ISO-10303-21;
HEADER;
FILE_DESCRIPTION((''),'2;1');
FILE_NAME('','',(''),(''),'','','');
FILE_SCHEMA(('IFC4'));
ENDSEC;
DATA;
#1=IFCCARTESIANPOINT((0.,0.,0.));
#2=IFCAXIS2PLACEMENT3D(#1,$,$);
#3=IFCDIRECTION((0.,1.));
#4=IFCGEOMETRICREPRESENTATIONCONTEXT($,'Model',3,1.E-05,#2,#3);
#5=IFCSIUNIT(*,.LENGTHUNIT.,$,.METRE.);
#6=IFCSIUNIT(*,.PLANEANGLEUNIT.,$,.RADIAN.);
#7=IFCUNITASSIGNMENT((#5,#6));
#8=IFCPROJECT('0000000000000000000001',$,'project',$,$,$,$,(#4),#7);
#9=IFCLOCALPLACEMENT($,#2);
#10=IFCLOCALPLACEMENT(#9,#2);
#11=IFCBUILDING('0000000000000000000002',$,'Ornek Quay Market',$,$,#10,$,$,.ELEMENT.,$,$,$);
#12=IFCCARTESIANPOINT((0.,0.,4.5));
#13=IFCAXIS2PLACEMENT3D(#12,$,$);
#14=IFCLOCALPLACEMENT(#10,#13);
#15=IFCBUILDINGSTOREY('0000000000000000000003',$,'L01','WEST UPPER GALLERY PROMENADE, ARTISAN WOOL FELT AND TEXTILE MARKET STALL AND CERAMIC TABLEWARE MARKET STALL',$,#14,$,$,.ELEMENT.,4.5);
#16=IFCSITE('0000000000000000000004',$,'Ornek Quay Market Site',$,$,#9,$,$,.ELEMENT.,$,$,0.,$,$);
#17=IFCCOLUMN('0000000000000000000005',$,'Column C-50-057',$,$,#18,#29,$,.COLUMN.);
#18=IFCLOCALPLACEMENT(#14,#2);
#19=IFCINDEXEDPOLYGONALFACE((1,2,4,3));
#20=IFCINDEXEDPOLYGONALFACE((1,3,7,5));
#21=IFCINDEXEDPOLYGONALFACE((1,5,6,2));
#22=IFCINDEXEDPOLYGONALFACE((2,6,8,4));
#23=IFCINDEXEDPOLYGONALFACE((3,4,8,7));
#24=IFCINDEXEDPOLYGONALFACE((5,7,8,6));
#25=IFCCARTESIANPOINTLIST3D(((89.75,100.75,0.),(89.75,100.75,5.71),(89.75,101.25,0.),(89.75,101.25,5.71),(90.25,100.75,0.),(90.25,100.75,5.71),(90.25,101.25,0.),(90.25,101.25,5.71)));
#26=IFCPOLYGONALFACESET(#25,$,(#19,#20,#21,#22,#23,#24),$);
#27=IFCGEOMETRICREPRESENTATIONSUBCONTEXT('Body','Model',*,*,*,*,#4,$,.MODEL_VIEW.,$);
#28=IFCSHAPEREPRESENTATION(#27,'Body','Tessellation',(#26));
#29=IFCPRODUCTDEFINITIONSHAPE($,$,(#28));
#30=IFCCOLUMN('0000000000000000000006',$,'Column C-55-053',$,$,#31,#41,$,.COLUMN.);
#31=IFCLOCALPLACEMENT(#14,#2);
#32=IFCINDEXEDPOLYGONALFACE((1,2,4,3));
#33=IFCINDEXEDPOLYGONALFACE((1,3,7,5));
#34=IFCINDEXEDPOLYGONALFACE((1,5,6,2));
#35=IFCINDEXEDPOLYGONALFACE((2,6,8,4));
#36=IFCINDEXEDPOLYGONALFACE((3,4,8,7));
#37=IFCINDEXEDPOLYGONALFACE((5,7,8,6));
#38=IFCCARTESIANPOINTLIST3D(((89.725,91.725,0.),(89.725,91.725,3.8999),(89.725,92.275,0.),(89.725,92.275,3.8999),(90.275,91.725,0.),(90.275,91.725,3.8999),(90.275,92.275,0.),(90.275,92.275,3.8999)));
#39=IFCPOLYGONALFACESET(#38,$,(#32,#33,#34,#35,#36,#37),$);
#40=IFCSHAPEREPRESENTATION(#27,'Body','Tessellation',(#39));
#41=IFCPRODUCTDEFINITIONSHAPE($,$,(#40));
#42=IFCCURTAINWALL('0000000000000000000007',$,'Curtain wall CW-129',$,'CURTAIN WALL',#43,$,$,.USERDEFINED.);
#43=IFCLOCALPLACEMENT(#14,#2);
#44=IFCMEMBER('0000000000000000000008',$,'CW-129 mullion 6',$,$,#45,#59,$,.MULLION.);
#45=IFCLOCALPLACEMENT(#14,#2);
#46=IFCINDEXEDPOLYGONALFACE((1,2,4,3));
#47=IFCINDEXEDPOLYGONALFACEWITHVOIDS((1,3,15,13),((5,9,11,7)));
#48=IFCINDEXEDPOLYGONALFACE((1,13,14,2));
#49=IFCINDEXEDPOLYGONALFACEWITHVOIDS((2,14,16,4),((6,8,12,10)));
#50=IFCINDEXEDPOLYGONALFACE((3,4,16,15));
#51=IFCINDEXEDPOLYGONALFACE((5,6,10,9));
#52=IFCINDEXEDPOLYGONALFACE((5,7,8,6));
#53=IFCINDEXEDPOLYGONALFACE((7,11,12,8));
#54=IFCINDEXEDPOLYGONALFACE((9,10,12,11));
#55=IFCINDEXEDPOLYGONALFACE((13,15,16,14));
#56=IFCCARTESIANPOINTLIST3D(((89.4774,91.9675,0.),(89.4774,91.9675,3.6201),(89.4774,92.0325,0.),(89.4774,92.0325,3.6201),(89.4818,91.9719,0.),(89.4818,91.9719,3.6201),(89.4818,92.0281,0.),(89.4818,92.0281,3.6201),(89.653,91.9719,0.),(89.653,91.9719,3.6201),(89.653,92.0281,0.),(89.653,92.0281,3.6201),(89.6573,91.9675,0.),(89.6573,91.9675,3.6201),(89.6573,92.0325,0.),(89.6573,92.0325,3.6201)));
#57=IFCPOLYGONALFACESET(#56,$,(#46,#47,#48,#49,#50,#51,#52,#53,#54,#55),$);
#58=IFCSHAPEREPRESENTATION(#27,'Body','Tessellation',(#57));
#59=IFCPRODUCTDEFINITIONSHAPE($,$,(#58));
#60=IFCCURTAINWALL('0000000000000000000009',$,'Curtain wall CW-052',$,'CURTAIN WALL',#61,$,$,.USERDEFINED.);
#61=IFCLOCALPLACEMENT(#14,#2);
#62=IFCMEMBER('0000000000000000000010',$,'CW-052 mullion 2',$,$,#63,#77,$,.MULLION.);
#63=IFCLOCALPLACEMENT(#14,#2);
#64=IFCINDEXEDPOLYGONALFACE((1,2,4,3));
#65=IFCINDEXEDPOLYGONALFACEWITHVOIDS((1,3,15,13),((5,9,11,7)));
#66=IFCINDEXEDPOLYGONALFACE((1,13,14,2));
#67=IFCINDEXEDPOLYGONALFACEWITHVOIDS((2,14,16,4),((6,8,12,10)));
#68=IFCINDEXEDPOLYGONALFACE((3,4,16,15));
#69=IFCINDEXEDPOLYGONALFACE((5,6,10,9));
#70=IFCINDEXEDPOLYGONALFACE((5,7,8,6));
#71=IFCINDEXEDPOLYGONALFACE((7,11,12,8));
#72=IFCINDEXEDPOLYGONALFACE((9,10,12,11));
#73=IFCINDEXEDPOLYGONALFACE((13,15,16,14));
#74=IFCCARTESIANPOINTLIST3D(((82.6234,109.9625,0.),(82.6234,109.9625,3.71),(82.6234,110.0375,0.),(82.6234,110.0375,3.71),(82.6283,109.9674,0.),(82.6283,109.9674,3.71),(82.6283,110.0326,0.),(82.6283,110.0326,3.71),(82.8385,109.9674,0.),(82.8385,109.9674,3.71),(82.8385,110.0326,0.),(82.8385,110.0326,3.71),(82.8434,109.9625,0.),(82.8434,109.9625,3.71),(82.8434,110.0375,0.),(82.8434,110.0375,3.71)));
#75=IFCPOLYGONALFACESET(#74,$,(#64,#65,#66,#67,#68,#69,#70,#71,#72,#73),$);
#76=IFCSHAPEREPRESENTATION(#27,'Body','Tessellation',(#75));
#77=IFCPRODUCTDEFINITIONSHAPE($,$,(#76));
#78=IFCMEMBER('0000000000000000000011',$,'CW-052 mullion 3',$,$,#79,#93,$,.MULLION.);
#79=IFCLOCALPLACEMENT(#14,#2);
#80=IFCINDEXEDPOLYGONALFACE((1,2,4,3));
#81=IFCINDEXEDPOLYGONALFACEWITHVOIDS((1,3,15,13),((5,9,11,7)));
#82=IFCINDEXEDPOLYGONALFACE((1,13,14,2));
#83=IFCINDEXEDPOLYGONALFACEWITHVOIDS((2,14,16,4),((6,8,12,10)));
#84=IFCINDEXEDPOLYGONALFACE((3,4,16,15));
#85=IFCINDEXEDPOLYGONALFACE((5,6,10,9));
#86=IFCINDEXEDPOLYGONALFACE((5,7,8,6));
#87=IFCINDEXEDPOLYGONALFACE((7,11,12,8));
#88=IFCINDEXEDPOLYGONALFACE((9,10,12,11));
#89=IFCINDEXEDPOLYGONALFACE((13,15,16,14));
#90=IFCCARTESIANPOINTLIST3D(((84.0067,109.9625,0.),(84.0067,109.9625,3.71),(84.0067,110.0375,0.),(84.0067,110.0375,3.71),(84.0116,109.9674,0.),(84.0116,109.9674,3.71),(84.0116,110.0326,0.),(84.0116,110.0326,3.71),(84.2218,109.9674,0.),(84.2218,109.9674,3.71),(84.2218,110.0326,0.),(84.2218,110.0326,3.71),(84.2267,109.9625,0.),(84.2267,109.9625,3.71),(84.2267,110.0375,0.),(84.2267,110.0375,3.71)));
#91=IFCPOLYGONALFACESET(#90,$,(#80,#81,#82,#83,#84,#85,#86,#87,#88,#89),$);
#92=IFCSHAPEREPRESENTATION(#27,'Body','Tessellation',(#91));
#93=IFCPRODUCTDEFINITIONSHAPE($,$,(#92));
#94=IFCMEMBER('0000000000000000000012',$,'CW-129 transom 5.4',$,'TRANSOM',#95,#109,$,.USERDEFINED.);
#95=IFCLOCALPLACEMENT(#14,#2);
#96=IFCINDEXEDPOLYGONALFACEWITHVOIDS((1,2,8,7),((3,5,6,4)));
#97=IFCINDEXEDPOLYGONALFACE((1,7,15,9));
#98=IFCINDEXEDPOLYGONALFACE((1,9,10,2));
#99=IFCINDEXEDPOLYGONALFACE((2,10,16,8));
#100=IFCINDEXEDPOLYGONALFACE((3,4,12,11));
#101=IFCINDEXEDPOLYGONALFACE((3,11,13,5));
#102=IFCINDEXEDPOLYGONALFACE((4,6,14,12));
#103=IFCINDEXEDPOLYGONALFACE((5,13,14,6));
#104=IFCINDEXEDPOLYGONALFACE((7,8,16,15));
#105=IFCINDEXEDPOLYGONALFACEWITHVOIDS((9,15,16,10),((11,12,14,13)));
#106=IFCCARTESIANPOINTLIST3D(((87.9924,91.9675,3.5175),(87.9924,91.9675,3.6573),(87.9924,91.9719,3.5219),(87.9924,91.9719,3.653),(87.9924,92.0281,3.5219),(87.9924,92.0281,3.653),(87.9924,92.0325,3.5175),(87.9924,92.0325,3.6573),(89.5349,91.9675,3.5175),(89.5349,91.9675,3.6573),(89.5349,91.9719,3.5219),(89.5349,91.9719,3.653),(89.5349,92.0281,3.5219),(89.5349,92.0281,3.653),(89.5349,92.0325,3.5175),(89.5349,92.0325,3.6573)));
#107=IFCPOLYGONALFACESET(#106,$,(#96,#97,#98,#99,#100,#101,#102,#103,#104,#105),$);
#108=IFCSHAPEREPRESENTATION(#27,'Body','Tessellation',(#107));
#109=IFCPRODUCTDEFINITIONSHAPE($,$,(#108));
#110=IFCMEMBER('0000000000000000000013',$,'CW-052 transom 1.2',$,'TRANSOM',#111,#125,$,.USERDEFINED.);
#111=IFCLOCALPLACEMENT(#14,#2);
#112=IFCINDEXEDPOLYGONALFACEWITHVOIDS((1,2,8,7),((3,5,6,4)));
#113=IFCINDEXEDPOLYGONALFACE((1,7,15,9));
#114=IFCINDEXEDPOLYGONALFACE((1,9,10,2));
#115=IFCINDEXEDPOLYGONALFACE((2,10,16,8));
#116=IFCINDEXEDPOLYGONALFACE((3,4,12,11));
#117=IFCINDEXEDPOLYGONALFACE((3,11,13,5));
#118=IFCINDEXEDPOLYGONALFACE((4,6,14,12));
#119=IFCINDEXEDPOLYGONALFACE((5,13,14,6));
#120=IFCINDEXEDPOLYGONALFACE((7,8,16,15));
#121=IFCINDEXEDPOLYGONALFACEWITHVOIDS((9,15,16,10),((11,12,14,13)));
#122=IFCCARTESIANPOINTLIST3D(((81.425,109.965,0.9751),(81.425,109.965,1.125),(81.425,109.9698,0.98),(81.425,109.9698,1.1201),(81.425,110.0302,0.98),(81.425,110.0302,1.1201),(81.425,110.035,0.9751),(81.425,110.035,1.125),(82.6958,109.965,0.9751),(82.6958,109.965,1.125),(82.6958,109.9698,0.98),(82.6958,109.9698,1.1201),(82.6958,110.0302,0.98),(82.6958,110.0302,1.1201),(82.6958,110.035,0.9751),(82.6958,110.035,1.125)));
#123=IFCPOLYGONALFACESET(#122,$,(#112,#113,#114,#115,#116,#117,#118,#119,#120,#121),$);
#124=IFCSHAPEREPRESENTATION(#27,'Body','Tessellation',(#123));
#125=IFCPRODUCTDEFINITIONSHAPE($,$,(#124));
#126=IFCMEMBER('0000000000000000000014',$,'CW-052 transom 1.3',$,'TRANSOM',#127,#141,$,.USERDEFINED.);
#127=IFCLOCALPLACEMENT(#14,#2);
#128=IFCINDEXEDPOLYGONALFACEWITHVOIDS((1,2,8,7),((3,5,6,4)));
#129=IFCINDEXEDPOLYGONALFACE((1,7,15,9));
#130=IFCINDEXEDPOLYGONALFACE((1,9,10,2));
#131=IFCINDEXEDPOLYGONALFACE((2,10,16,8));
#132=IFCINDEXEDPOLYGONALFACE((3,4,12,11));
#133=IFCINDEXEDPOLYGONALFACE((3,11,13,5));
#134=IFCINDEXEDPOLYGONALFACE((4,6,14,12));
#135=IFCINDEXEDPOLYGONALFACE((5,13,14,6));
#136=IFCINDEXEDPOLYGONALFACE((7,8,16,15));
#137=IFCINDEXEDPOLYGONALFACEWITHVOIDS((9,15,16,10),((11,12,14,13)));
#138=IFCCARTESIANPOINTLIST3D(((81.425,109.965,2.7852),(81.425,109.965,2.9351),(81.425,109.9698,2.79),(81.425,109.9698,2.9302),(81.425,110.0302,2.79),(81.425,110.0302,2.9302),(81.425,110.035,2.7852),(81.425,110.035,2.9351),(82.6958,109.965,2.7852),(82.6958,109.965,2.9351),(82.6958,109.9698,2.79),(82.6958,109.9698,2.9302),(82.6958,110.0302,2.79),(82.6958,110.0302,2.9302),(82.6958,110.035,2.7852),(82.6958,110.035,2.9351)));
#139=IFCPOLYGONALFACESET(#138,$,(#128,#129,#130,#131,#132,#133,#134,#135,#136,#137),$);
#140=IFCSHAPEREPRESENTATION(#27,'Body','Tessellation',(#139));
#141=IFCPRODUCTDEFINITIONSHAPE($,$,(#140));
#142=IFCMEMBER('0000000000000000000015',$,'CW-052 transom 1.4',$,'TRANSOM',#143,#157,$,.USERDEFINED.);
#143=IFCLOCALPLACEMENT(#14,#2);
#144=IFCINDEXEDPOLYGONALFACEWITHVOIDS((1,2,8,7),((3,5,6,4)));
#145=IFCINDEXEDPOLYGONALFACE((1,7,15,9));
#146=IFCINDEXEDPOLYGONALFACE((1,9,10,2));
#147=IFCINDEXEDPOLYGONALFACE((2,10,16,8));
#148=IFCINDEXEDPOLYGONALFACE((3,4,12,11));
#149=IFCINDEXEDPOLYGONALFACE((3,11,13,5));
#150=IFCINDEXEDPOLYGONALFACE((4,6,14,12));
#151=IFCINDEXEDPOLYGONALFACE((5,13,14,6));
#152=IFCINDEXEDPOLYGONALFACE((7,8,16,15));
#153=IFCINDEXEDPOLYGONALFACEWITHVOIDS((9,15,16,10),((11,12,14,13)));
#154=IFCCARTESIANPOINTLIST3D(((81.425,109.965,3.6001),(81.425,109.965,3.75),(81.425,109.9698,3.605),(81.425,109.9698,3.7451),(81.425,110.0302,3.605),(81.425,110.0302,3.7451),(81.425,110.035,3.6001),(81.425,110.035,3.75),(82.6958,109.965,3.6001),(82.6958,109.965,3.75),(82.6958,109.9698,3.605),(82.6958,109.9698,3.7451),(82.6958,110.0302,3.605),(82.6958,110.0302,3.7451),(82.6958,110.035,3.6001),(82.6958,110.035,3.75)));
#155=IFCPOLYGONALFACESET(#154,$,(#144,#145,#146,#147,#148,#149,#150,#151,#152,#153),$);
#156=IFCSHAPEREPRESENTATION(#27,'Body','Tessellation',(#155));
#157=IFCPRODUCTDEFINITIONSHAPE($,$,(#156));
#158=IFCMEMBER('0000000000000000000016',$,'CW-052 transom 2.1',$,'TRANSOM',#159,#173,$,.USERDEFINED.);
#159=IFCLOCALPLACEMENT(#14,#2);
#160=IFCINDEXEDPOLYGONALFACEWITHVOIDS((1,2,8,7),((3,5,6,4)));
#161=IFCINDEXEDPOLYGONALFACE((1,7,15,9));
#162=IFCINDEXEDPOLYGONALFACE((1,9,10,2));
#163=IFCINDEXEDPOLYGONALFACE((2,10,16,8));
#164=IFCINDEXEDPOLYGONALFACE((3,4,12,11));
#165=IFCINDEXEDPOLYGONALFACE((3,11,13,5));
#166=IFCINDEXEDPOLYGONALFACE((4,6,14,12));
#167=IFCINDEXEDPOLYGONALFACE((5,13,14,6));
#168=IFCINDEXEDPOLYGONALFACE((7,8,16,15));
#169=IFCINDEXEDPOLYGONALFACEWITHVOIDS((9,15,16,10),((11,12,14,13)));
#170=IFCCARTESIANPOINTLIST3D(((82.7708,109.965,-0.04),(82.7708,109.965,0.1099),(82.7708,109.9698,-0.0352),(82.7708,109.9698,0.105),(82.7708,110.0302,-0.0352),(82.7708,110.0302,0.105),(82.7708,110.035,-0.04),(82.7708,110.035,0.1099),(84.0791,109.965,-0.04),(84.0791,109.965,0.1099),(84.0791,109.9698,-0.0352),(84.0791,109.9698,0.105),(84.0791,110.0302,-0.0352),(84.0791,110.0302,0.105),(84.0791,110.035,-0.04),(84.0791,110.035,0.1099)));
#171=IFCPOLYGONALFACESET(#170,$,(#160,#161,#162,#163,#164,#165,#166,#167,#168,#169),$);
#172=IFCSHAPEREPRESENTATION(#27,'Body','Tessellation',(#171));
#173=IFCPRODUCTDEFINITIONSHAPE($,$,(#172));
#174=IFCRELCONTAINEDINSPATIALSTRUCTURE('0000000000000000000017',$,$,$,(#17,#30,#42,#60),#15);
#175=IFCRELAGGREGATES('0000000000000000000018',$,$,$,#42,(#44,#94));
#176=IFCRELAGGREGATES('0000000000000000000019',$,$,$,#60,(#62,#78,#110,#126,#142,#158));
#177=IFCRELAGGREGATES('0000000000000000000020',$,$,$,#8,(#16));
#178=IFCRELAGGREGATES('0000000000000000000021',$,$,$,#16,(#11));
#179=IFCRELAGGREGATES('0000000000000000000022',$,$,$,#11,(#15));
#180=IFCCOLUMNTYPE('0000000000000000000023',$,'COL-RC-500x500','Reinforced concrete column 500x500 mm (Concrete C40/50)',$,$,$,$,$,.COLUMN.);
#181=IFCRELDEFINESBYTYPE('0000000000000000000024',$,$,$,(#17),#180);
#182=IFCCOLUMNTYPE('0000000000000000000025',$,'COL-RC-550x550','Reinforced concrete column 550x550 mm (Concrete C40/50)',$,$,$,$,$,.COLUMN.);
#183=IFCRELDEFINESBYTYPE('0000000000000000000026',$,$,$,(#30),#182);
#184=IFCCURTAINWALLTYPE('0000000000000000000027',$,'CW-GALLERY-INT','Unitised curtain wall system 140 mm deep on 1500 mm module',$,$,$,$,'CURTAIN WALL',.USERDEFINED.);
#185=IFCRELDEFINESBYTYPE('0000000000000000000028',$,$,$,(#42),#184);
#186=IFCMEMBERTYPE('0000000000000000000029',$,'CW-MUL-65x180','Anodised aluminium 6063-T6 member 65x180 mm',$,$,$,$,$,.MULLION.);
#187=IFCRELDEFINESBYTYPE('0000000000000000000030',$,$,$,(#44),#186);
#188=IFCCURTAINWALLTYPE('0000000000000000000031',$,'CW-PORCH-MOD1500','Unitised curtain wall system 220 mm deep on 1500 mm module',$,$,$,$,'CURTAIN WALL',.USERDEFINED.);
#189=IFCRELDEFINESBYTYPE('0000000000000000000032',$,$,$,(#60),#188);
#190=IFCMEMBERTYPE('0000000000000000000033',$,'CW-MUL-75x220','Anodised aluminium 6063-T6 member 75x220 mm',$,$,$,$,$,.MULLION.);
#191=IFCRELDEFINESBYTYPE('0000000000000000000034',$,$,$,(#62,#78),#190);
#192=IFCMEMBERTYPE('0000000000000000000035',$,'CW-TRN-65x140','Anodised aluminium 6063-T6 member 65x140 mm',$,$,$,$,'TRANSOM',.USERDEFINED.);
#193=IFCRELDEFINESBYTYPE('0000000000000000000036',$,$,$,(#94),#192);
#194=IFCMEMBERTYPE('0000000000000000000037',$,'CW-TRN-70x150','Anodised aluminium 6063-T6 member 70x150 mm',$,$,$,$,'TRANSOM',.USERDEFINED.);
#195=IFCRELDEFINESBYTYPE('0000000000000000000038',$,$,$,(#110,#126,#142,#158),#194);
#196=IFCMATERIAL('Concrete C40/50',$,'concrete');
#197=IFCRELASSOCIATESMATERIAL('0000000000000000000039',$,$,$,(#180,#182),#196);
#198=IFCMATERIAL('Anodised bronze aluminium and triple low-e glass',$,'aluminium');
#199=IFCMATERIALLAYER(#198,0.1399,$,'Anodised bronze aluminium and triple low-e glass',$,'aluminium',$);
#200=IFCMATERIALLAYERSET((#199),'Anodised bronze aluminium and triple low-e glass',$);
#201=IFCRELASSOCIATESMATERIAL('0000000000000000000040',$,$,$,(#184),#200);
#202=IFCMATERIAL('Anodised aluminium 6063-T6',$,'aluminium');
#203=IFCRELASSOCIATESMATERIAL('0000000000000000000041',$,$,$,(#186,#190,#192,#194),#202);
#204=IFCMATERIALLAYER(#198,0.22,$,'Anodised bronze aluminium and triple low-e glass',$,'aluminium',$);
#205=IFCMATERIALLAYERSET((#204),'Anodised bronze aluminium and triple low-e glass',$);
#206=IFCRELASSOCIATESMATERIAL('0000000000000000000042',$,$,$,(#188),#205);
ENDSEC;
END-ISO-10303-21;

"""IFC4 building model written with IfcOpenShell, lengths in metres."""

from ifc_helpers import new_model, si_unit, direction, frame, origin, origin_2d, place, context, subcontext, project, spatial, rectangle, hollow_rectangle, extrude, material, layer, layer_set, material_profile, profile_set, type_object, element, aggregate, save


model = new_model("IFC4")

# Units and contexts
model_context = context("Model", 3, precision=1e-05, world=origin(), true_north=direction((0.0, 1.0)))
body_context = subcontext(model_context, "Body", "Model", "MODEL_VIEW")
ifc_project = project(units=[si_unit("LENGTHUNIT", "METRE"), si_unit("PLANEANGLEUNIT", "RADIAN")], contexts=[model_context])

# Site, building, storey
site_placement = place(None, origin())
site = spatial("IfcSite", under=ifc_project, at=site_placement, Name="Ornek Quay Market Site", CompositionType="ELEMENT", RefElevation=0.0)
building_placement = place(site_placement, origin())
building = spatial("IfcBuilding", under=site, at=building_placement, Name="Ornek Quay Market", CompositionType="ELEMENT")
storey_placement = place(building_placement, frame((0.0, 0.0, 4.5)))
storey = spatial("IfcBuildingStorey", under=building, at=storey_placement, Name="L01", Description="WEST UPPER GALLERY PROMENADE, ARTISAN WOOL FELT AND TEXTILE MARKET STALL AND CERAMIC TABLEWARE MARKET STALL", CompositionType="ELEMENT", Elevation=4.5)

# Columns
ifc_material_1 = material(Name="Concrete C40/50", Category="concrete")
ifc_material_profile_1 = material_profile(ifc_material_1, rectangle(XDim=0.5, YDim=0.5, at=origin_2d()), Name="RC 500x500", Category="concrete")
ifc_profile_set_1 = profile_set([ifc_material_profile_1], Name="Concrete C40/50")
column_type_1 = type_object("IfcColumnType", Name="COL-RC-500x500", Description="Reinforced concrete column 500x500 mm (Concrete C40/50)", PredefinedType="COLUMN", material=ifc_profile_set_1)
column_1_placement = place(storey_placement, frame((90.0, 101.0, 0.0), z_axis=(0.0, 0.0, 1.0), x_axis=(1.0, 0.0, 0.0)))
element("IfcColumn", 1, at=column_1_placement, inside=storey, type_object=column_type_1, Name="Column C-50-057", PredefinedType="COLUMN", context=body_context, shape_type="SweptSolid", body=[
    extrude(rectangle(XDim=0.5, YDim=0.5, at=origin_2d()), origin(), (0.0, 0.0, 1.0), 5.71),
])
ifc_material_profile_2 = material_profile(ifc_material_1, rectangle(XDim=0.55, YDim=0.55, at=origin_2d()), Name="RC 550x550", Category="concrete")
ifc_profile_set_2 = profile_set([ifc_material_profile_2], Name="Concrete C40/50")
column_type_2 = type_object("IfcColumnType", Name="COL-RC-550x550", Description="Reinforced concrete column 550x550 mm (Concrete C40/50)", PredefinedType="COLUMN", material=ifc_profile_set_2)
column_2_placement = place(storey_placement, frame((90.0, 92.0, 0.0), z_axis=(0.0, 0.0, 1.0), x_axis=(1.0, 0.0, 0.0)))
element("IfcColumn", 2, at=column_2_placement, inside=storey, type_object=column_type_2, Name="Column C-55-053", PredefinedType="COLUMN", context=body_context, shape_type="SweptSolid", body=[
    extrude(rectangle(XDim=0.55, YDim=0.55, at=origin_2d()), origin(), (0.0, 0.0, 1.0), 3.8999),
])

# Curtain wall, member
ifc_material_2 = material(Name="Anodised bronze aluminium and triple low-e glass", Category="aluminium")
ifc_layer_1 = layer(ifc_material_2, 0.1399, Name="Anodised bronze aluminium and triple low-e glass", Category="aluminium")
ifc_layer_set_1 = layer_set([ifc_layer_1], Name="Anodised bronze aluminium and triple low-e glass")
curtain_wall_type_1 = type_object("IfcCurtainWallType", Name="CW-GALLERY-INT", Description="Unitised curtain wall system 140 mm deep on 1500 mm module", ElementType="CURTAIN WALL", PredefinedType="USERDEFINED", material=ifc_layer_set_1)
curtain_wall_1_placement = place(storey_placement, origin())
curtain_wall_1 = element("IfcCurtainWall", 3, at=curtain_wall_1_placement, inside=storey, type_object=curtain_wall_type_1, Name="Curtain wall CW-129", ObjectType="CURTAIN WALL", PredefinedType="USERDEFINED")
ifc_material_3 = material(Name="Anodised aluminium 6063-T6", Category="aluminium")
ifc_material_profile_3 = material_profile(ifc_material_3, hollow_rectangle(XDim=0.0649, YDim=0.1799, WallThickness=0.0044, at=origin_2d()), Name="CW-MUL-65x180", Category="aluminium")
ifc_profile_set_3 = profile_set([ifc_material_profile_3], Name="Anodised aluminium 6063-T6")
member_type_1 = type_object("IfcMemberType", Name="CW-MUL-65x180", Description="Anodised aluminium 6063-T6 member 65x180 mm", PredefinedType="MULLION", material=ifc_profile_set_3)
member_1_placement = place(storey_placement, frame((89.5674, 92.0, 0.0), z_axis=(0.0, 0.0, 1.0), x_axis=(0.0, 1.0, 0.0)))
member_1 = element("IfcMember", 4, at=member_1_placement, type_object=member_type_1, Name="CW-129 mullion 6", PredefinedType="MULLION", context=body_context, shape_type="SweptSolid", body=[
    extrude(hollow_rectangle(XDim=0.0649, YDim=0.1799, WallThickness=0.0044, at=origin_2d()), origin(), (0.0, 0.0, 1.0), 3.6201),
])

# Curtain wall, members
ifc_layer_2 = layer(ifc_material_2, 0.22, Name="Anodised bronze aluminium and triple low-e glass", Category="aluminium")
ifc_layer_set_2 = layer_set([ifc_layer_2], Name="Anodised bronze aluminium and triple low-e glass")
curtain_wall_type_2 = type_object("IfcCurtainWallType", Name="CW-PORCH-MOD1500", Description="Unitised curtain wall system 220 mm deep on 1500 mm module", ElementType="CURTAIN WALL", PredefinedType="USERDEFINED", material=ifc_layer_set_2)
curtain_wall_2_placement = place(storey_placement, origin())
curtain_wall_2 = element("IfcCurtainWall", 5, at=curtain_wall_2_placement, inside=storey, type_object=curtain_wall_type_2, Name="Curtain wall CW-052", ObjectType="CURTAIN WALL", PredefinedType="USERDEFINED")
ifc_material_profile_4 = material_profile(ifc_material_3, hollow_rectangle(XDim=0.075, YDim=0.22, WallThickness=0.0049, at=origin_2d()), Name="CW-MUL-75x220", Category="aluminium")
ifc_profile_set_4 = profile_set([ifc_material_profile_4], Name="Anodised aluminium 6063-T6")
member_type_2 = type_object("IfcMemberType", Name="CW-MUL-75x220", Description="Anodised aluminium 6063-T6 member 75x220 mm", PredefinedType="MULLION", material=ifc_profile_set_4)
member_2_placement = place(storey_placement, frame((82.7334, 110.0, 0.0), z_axis=(0.0, 0.0, 1.0), x_axis=(0.0, 1.0, 0.0)))
member_2 = element("IfcMember", 6, at=member_2_placement, type_object=member_type_2, Name="CW-052 mullion 2", PredefinedType="MULLION", context=body_context, shape_type="SweptSolid", body=[
    extrude(hollow_rectangle(XDim=0.075, YDim=0.22, WallThickness=0.0049, at=origin_2d()), origin(), (0.0, 0.0, 1.0), 3.71),
])
member_3_placement = place(storey_placement, frame((84.1167, 110.0, 0.0), z_axis=(0.0, 0.0, 1.0), x_axis=(0.0, 1.0, 0.0)))
member_3 = element("IfcMember", 7, at=member_3_placement, type_object=member_type_2, Name="CW-052 mullion 3", PredefinedType="MULLION", context=body_context, shape_type="SweptSolid", body=[
    extrude(hollow_rectangle(XDim=0.075, YDim=0.22, WallThickness=0.0049, at=origin_2d()), origin(), (0.0, 0.0, 1.0), 3.71),
])

# Members
ifc_material_profile_5 = material_profile(ifc_material_3, hollow_rectangle(XDim=0.0649, YDim=0.1399, WallThickness=0.0044, at=origin_2d()), Name="CW-TRN-65x140", Category="aluminium")
ifc_profile_set_5 = profile_set([ifc_material_profile_5], Name="Anodised aluminium 6063-T6")
member_type_3 = type_object("IfcMemberType", Name="CW-TRN-65x140", Description="Anodised aluminium 6063-T6 member 65x140 mm", ElementType="TRANSOM", PredefinedType="USERDEFINED", material=ifc_profile_set_5)
member_4_placement = place(storey_placement, frame((87.9924, 92.0, 3.5874), z_axis=(1.0, 0.0, 0.0), x_axis=(0.0, 1.0, 0.0)))
member_4 = element("IfcMember", 8, at=member_4_placement, type_object=member_type_3, Name="CW-129 transom 5.4", ObjectType="TRANSOM", PredefinedType="USERDEFINED", context=body_context, shape_type="SweptSolid", body=[
    extrude(hollow_rectangle(XDim=0.0649, YDim=0.1399, WallThickness=0.0044, at=origin_2d()), origin(), (0.0, 0.0, 1.0), 1.5425),
])
ifc_material_profile_6 = material_profile(ifc_material_3, hollow_rectangle(XDim=0.0701, YDim=0.1499, WallThickness=0.0049, at=origin_2d()), Name="CW-TRN-70x150", Category="aluminium")
ifc_profile_set_6 = profile_set([ifc_material_profile_6], Name="Anodised aluminium 6063-T6")
member_type_4 = type_object("IfcMemberType", Name="CW-TRN-70x150", Description="Anodised aluminium 6063-T6 member 70x150 mm", ElementType="TRANSOM", PredefinedType="USERDEFINED", material=ifc_profile_set_6)
member_5_placement = place(storey_placement, frame((81.425, 110.0, 1.05), z_axis=(1.0, 0.0, 0.0), x_axis=(0.0, 1.0, 0.0)))
member_5 = element("IfcMember", 9, at=member_5_placement, type_object=member_type_4, Name="CW-052 transom 1.2", ObjectType="TRANSOM", PredefinedType="USERDEFINED", context=body_context, shape_type="SweptSolid", body=[
    extrude(hollow_rectangle(XDim=0.0701, YDim=0.1499, WallThickness=0.0049, at=origin_2d()), origin(), (0.0, 0.0, 1.0), 1.2708),
])
member_6_placement = place(storey_placement, frame((81.425, 110.0, 2.8601), z_axis=(1.0, 0.0, 0.0), x_axis=(0.0, 1.0, 0.0)))
member_6 = element("IfcMember", 10, at=member_6_placement, type_object=member_type_4, Name="CW-052 transom 1.3", ObjectType="TRANSOM", PredefinedType="USERDEFINED", context=body_context, shape_type="SweptSolid", body=[
    extrude(hollow_rectangle(XDim=0.0701, YDim=0.1499, WallThickness=0.0049, at=origin_2d()), origin(), (0.0, 0.0, 1.0), 1.2708),
])
member_7_placement = place(storey_placement, frame((81.425, 110.0, 3.675), z_axis=(1.0, 0.0, 0.0), x_axis=(0.0, 1.0, 0.0)))
member_7 = element("IfcMember", 11, at=member_7_placement, type_object=member_type_4, Name="CW-052 transom 1.4", ObjectType="TRANSOM", PredefinedType="USERDEFINED", context=body_context, shape_type="SweptSolid", body=[
    extrude(hollow_rectangle(XDim=0.0701, YDim=0.1499, WallThickness=0.0049, at=origin_2d()), origin(), (0.0, 0.0, 1.0), 1.2708),
])
member_8_placement = place(storey_placement, frame((82.7708, 110.0, 0.0349), z_axis=(1.0, 0.0, 0.0), x_axis=(0.0, 1.0, 0.0)))
member_8 = element("IfcMember", 12, at=member_8_placement, type_object=member_type_4, Name="CW-052 transom 2.1", ObjectType="TRANSOM", PredefinedType="USERDEFINED", context=body_context, shape_type="SweptSolid", body=[
    extrude(hollow_rectangle(XDim=0.0701, YDim=0.1499, WallThickness=0.0049, at=origin_2d()), origin(), (0.0, 0.0, 1.0), 1.3083),
])

aggregate(curtain_wall_1, [member_1, member_4])
aggregate(curtain_wall_2, [member_2, member_3, member_5, member_6, member_7, member_8])

save(model, "model.ifc")
